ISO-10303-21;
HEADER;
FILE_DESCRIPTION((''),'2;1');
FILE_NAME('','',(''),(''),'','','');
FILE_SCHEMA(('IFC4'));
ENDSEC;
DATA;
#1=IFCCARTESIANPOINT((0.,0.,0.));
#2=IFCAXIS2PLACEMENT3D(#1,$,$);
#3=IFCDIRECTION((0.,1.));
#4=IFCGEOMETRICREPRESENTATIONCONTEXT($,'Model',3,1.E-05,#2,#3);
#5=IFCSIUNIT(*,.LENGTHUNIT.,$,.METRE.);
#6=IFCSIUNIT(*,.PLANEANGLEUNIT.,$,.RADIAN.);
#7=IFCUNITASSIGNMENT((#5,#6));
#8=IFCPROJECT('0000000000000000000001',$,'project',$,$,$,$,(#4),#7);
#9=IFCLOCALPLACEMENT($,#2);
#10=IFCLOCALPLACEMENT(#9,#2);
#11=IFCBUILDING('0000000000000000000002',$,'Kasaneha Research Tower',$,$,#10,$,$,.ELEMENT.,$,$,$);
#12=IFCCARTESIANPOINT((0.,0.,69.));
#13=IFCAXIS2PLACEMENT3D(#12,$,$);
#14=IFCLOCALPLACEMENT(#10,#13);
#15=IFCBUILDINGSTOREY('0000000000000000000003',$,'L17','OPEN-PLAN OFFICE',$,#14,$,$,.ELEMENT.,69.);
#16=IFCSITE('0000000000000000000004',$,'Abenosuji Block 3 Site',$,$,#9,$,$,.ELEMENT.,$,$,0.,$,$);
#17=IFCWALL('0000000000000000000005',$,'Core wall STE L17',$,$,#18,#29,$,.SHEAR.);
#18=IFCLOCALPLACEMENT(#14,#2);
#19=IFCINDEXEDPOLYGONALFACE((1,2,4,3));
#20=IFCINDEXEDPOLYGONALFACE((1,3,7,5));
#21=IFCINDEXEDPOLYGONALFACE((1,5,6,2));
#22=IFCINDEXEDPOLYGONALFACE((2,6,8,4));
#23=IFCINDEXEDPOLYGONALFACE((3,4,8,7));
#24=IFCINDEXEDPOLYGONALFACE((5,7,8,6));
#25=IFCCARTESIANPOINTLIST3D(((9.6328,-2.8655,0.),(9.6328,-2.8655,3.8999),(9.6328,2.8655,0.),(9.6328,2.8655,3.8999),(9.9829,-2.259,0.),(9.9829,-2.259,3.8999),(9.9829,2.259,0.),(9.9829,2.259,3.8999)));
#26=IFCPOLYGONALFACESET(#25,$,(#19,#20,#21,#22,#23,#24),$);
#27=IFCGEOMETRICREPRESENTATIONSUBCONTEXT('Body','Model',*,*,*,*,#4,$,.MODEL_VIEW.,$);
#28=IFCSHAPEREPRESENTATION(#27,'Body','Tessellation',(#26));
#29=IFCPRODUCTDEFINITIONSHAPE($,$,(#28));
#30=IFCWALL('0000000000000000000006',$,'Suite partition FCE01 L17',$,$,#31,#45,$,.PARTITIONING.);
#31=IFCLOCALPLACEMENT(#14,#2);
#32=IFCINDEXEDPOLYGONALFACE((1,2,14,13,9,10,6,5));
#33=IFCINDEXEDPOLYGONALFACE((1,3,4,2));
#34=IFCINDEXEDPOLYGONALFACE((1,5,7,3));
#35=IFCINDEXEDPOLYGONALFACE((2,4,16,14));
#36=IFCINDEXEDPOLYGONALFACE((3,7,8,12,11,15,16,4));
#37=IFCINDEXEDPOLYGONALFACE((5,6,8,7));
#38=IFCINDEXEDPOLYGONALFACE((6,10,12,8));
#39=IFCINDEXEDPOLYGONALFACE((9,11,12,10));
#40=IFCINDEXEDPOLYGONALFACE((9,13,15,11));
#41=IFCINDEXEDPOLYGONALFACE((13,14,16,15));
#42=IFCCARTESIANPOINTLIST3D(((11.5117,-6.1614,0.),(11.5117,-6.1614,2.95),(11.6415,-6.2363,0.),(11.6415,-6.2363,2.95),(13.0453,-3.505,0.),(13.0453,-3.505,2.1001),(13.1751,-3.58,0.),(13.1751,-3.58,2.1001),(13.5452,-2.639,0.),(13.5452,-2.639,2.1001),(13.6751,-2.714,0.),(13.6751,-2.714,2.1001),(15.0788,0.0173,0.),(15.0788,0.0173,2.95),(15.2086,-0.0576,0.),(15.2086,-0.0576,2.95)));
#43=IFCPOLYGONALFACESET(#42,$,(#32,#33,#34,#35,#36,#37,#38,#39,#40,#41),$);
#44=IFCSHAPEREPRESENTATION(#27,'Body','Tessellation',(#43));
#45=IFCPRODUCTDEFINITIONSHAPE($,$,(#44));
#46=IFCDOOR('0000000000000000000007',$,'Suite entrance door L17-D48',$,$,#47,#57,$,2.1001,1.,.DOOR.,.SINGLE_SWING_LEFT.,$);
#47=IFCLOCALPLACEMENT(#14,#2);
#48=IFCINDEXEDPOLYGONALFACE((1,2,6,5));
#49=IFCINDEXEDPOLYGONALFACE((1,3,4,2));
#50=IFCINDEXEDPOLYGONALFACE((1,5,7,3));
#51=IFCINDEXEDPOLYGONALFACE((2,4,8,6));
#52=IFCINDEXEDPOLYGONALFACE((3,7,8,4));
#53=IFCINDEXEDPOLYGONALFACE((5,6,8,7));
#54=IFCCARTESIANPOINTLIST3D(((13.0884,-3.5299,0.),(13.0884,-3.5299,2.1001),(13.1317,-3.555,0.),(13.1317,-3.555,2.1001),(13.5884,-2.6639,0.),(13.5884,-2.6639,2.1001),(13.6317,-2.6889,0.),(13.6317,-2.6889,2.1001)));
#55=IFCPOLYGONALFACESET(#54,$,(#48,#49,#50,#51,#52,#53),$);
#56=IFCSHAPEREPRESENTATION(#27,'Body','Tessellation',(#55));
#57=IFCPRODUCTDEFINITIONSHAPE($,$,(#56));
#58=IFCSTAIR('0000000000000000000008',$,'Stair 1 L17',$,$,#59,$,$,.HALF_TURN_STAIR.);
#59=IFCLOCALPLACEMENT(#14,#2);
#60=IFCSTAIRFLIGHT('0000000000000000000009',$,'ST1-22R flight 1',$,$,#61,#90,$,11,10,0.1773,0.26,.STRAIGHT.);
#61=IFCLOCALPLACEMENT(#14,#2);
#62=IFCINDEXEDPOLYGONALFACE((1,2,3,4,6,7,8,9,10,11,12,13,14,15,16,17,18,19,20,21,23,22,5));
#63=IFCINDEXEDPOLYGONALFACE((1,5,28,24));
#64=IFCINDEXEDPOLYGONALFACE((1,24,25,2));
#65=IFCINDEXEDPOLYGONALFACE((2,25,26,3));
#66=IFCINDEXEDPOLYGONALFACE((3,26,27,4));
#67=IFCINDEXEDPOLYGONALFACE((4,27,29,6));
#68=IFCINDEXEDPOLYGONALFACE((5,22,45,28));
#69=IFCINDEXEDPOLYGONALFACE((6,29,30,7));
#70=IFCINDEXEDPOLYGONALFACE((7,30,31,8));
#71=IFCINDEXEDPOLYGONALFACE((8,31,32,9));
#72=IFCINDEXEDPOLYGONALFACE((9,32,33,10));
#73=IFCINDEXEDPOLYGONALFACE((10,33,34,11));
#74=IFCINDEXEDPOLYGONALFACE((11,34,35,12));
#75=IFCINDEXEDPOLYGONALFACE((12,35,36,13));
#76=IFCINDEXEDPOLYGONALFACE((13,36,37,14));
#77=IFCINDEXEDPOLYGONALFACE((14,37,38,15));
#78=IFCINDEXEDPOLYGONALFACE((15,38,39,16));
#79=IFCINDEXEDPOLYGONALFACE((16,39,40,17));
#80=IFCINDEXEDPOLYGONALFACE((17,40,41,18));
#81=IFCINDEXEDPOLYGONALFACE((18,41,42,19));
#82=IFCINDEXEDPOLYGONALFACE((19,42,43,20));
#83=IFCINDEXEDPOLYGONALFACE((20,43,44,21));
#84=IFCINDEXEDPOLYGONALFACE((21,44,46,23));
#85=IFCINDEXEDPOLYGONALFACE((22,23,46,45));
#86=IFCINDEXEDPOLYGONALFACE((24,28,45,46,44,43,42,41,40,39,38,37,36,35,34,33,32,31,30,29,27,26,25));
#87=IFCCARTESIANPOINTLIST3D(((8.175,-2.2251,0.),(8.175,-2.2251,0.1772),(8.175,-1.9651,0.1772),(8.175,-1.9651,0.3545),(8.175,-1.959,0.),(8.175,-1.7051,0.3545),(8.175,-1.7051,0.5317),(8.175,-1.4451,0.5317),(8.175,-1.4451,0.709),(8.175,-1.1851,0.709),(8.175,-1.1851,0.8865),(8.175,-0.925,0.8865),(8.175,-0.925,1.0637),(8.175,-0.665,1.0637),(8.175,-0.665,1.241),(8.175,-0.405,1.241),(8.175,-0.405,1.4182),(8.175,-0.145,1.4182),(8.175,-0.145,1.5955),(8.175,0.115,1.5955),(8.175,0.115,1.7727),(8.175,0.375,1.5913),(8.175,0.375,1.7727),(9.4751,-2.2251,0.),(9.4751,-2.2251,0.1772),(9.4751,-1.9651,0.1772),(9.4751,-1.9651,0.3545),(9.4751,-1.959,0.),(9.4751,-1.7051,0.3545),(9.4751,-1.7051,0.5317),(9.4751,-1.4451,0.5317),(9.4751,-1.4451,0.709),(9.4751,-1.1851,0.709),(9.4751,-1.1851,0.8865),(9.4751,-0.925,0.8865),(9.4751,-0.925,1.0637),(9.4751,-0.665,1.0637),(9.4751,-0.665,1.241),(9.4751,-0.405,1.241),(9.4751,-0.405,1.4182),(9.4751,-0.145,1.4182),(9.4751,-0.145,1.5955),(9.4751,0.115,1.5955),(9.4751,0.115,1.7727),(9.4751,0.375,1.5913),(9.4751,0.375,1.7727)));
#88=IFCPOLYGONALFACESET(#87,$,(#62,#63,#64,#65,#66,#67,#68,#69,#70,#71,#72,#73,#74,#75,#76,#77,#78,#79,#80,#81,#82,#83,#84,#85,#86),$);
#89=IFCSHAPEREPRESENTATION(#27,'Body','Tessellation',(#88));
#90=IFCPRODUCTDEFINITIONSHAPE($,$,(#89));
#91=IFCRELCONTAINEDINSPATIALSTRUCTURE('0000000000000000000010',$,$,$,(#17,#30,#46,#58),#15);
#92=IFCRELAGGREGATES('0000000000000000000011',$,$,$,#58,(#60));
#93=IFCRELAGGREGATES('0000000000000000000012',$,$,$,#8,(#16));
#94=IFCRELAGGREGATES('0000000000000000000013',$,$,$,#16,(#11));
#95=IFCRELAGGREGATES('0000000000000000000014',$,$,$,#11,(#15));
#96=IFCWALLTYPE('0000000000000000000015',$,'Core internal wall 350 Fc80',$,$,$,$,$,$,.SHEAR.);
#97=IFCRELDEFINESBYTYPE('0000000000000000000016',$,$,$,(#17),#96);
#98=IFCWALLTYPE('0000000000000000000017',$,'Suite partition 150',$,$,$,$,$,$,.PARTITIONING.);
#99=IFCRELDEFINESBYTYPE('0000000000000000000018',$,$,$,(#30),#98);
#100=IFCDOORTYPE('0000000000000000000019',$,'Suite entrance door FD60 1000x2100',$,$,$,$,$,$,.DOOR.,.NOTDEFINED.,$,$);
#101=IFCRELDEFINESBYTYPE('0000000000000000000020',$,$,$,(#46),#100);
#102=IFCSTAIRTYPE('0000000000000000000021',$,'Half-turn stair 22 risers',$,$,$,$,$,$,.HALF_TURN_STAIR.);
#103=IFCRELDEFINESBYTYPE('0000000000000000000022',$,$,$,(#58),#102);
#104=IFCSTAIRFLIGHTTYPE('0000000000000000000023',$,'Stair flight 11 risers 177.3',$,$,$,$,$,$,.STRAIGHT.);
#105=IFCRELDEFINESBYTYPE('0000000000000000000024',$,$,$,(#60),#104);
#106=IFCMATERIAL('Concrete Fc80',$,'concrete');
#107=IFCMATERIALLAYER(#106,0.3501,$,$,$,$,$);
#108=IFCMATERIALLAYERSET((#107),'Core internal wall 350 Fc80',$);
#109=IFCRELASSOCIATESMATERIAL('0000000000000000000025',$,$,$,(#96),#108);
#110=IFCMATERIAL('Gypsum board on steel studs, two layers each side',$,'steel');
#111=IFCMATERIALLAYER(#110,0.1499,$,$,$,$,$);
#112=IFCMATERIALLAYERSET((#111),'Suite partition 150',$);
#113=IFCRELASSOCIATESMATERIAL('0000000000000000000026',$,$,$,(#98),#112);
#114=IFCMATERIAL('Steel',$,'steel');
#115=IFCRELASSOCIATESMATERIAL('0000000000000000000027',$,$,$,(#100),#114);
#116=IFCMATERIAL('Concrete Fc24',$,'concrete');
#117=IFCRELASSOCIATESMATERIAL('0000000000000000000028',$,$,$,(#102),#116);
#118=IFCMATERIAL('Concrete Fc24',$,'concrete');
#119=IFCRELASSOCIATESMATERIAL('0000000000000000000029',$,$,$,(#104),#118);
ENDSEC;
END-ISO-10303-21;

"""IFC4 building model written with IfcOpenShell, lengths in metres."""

from ifc_helpers import new_model, si_unit, direction, frame, frame_2d, origin, place, context, subcontext, project, spatial, polyline, rectangle, outline, extrude, material, layer, layer_set, type_object, element, fill, aggregate, save


model = new_model("IFC4")

# Units and contexts
model_context = context("Model", 3, precision=1e-05, world=origin(), true_north=direction((0.0, 1.0)))
body_context = subcontext(model_context, "Body", "Model", "MODEL_VIEW")
ifc_project = project(units=[si_unit("LENGTHUNIT", "METRE"), si_unit("PLANEANGLEUNIT", "RADIAN")], contexts=[model_context])

# Site, building, storey
site_placement = place(None, origin())
site = spatial("IfcSite", under=ifc_project, at=site_placement, Name="Abenosuji Block 3 Site", CompositionType="ELEMENT", RefElevation=0.0)
building_placement = place(site_placement, origin())
building = spatial("IfcBuilding", under=site, at=building_placement, Name="Kasaneha Research Tower", CompositionType="ELEMENT")
storey_placement = place(building_placement, frame((0.0, 0.0, 69.0)))
storey = spatial("IfcBuildingStorey", under=building, at=storey_placement, Name="L17", Description="OPEN-PLAN OFFICE", CompositionType="ELEMENT", Elevation=69.0)

# Wall
ifc_material_1 = material(Name="Concrete Fc80", Category="concrete")
ifc_layer_1 = layer(ifc_material_1, 0.3501)
ifc_layer_set_1 = layer_set([ifc_layer_1], Name="Core internal wall 350 Fc80")
wall_type_1 = type_object("IfcWallType", Name="Core internal wall 350 Fc80", PredefinedType="SHEAR", material=ifc_layer_set_1)
wall_1_placement = place(storey_placement, frame((9.8079, -2.5623, 0.0), z_axis=(0.0, 0.0, 1.0), x_axis=(0.0, 1.0, 0.0)))
element("IfcWall", 1, at=wall_1_placement, inside=storey, type_object=wall_type_1, Name="Core wall STE L17", PredefinedType="SHEAR", context=body_context, shape_type="SweptSolid", body=[
    extrude(outline(polyline([(0.3032, -0.175), (4.8213, -0.175), (5.4277, 0.175), (-0.3032, 0.175), (0.3032, -0.175)])), origin(), (0.0, 0.0, 1.0), 3.8999),
])

# Wall, opening, door
ifc_material_2 = material(Name="Gypsum board on steel studs, two layers each side", Category="steel")
ifc_layer_2 = layer(ifc_material_2, 0.1499)
ifc_layer_set_2 = layer_set([ifc_layer_2], Name="Suite partition 150")
wall_type_2 = type_object("IfcWallType", Name="Suite partition 150", PredefinedType="PARTITIONING", material=ifc_layer_set_2)
wall_2_placement = place(storey_placement, frame((15.1438, -0.02, 0.0), z_axis=(0.0, 0.0, 1.0), x_axis=(-0.499985, -0.866034, 0.0)))
wall_2 = element("IfcWall", 2, at=wall_2_placement, inside=storey, type_object=wall_type_2, Name="Suite partition FCE01 L17", PredefinedType="PARTITIONING", context=body_context, shape_type="SweptSolid", body=[
    extrude(rectangle(XDim=7.1345, YDim=0.1499, at=frame_2d((3.5674, 0.0))), origin(), (0.0, 0.0, 1.0), 2.95),
])
opening_placement = place(wall_2_placement, frame((3.0674, 0.0, 0.0)))
opening = element("IfcOpeningElement", 3, at=opening_placement, cuts=wall_2, PredefinedType="OPENING", context=body_context, shape_type="SweptSolid", body=[
    extrude(rectangle(XDim=1.0, YDim=2.1001, at=frame_2d((0.5, 1.05))), frame((0.0, 0.085, 0.0), z_axis=(0.0, -1.0, 0.0), x_axis=(1.0, 0.0, 0.0)), (0.0, 0.0, 1.0), 0.1699),
])
ifc_material_3 = material(Name="Steel", Category="steel")
door_type = type_object("IfcDoorType", Name="Suite entrance door FD60 1000x2100", OperationType="NOTDEFINED", PredefinedType="DOOR", material=ifc_material_3)
door_placement = place(opening_placement, origin())
door = element("IfcDoor", 4, at=door_placement, inside=storey, type_object=door_type, Name="Suite entrance door L17-D48", OperationType="SINGLE_SWING_LEFT", OverallHeight=2.1001, OverallWidth=1.0, PredefinedType="DOOR", context=body_context, shape_type="SweptSolid", body=[
    extrude(rectangle(XDim=1.0, YDim=2.1001, at=frame_2d((0.5, 1.05))), frame((0.0, 0.0249, 0.0), z_axis=(0.0, -1.0, 0.0), x_axis=(1.0, 0.0, 0.0)), (0.0, 0.0, 1.0), 0.05),
])
fill(opening, door)

# Stair, stair flight
ifc_material_4 = material(Name="Concrete Fc24", Category="concrete")
stair_type = type_object("IfcStairType", Name="Half-turn stair 22 risers", PredefinedType="HALF_TURN_STAIR", material=ifc_material_4)
stair_placement = place(storey_placement, origin())
stair = element("IfcStair", 5, at=stair_placement, inside=storey, type_object=stair_type, Name="Stair 1 L17", PredefinedType="HALF_TURN_STAIR")
ifc_material_5 = material(Name="Concrete Fc24", Category="concrete")
stair_flight_type = type_object("IfcStairFlightType", Name="Stair flight 11 risers 177.3", PredefinedType="STRAIGHT", material=ifc_material_5)
stair_flight_placement = place(storey_placement, frame((8.825, -2.2251, 0.0), z_axis=(0.0, 0.0, 1.0), x_axis=(0.0, 1.0, 0.0)))
stair_flight = element("IfcStairFlight", 6, at=stair_flight_placement, type_object=stair_flight_type, Name="ST1-22R flight 1", NumberOfRisers=11, NumberOfTreads=10, PredefinedType="STRAIGHT", RiserHeight=0.1773, TreadLength=0.26, context=body_context, shape_type="SweptSolid", body=[
    extrude(outline(polyline([(0.0, 0.0), (0.0, 0.1772), (0.26, 0.1772), (0.26, 0.3545), (0.52, 0.3545), (0.52, 0.5317), (0.78, 0.5317), (0.78, 0.709), (1.04, 0.709), (1.04, 0.8865), (1.3, 0.8865), (1.3, 1.0637), (1.5601, 1.0637), (1.5601, 1.241), (1.8201, 1.241), (1.8201, 1.4182), (2.0801, 1.4182), (2.0801, 1.5955), (2.3401, 1.5955), (2.3401, 1.7727), (2.6001, 1.7727), (2.6001, 1.95), (2.6001, 1.5913), (0.2661, 0.0), (0.0, 0.0)])), frame((0.0, 0.6499, 0.0), z_axis=(0.0, -1.0, 0.0), x_axis=(1.0, 0.0, 0.0)), (0.0, 0.0, 1.0), 1.3),
])
aggregate(stair, [stair_flight])

save(model, "model.ifc")
